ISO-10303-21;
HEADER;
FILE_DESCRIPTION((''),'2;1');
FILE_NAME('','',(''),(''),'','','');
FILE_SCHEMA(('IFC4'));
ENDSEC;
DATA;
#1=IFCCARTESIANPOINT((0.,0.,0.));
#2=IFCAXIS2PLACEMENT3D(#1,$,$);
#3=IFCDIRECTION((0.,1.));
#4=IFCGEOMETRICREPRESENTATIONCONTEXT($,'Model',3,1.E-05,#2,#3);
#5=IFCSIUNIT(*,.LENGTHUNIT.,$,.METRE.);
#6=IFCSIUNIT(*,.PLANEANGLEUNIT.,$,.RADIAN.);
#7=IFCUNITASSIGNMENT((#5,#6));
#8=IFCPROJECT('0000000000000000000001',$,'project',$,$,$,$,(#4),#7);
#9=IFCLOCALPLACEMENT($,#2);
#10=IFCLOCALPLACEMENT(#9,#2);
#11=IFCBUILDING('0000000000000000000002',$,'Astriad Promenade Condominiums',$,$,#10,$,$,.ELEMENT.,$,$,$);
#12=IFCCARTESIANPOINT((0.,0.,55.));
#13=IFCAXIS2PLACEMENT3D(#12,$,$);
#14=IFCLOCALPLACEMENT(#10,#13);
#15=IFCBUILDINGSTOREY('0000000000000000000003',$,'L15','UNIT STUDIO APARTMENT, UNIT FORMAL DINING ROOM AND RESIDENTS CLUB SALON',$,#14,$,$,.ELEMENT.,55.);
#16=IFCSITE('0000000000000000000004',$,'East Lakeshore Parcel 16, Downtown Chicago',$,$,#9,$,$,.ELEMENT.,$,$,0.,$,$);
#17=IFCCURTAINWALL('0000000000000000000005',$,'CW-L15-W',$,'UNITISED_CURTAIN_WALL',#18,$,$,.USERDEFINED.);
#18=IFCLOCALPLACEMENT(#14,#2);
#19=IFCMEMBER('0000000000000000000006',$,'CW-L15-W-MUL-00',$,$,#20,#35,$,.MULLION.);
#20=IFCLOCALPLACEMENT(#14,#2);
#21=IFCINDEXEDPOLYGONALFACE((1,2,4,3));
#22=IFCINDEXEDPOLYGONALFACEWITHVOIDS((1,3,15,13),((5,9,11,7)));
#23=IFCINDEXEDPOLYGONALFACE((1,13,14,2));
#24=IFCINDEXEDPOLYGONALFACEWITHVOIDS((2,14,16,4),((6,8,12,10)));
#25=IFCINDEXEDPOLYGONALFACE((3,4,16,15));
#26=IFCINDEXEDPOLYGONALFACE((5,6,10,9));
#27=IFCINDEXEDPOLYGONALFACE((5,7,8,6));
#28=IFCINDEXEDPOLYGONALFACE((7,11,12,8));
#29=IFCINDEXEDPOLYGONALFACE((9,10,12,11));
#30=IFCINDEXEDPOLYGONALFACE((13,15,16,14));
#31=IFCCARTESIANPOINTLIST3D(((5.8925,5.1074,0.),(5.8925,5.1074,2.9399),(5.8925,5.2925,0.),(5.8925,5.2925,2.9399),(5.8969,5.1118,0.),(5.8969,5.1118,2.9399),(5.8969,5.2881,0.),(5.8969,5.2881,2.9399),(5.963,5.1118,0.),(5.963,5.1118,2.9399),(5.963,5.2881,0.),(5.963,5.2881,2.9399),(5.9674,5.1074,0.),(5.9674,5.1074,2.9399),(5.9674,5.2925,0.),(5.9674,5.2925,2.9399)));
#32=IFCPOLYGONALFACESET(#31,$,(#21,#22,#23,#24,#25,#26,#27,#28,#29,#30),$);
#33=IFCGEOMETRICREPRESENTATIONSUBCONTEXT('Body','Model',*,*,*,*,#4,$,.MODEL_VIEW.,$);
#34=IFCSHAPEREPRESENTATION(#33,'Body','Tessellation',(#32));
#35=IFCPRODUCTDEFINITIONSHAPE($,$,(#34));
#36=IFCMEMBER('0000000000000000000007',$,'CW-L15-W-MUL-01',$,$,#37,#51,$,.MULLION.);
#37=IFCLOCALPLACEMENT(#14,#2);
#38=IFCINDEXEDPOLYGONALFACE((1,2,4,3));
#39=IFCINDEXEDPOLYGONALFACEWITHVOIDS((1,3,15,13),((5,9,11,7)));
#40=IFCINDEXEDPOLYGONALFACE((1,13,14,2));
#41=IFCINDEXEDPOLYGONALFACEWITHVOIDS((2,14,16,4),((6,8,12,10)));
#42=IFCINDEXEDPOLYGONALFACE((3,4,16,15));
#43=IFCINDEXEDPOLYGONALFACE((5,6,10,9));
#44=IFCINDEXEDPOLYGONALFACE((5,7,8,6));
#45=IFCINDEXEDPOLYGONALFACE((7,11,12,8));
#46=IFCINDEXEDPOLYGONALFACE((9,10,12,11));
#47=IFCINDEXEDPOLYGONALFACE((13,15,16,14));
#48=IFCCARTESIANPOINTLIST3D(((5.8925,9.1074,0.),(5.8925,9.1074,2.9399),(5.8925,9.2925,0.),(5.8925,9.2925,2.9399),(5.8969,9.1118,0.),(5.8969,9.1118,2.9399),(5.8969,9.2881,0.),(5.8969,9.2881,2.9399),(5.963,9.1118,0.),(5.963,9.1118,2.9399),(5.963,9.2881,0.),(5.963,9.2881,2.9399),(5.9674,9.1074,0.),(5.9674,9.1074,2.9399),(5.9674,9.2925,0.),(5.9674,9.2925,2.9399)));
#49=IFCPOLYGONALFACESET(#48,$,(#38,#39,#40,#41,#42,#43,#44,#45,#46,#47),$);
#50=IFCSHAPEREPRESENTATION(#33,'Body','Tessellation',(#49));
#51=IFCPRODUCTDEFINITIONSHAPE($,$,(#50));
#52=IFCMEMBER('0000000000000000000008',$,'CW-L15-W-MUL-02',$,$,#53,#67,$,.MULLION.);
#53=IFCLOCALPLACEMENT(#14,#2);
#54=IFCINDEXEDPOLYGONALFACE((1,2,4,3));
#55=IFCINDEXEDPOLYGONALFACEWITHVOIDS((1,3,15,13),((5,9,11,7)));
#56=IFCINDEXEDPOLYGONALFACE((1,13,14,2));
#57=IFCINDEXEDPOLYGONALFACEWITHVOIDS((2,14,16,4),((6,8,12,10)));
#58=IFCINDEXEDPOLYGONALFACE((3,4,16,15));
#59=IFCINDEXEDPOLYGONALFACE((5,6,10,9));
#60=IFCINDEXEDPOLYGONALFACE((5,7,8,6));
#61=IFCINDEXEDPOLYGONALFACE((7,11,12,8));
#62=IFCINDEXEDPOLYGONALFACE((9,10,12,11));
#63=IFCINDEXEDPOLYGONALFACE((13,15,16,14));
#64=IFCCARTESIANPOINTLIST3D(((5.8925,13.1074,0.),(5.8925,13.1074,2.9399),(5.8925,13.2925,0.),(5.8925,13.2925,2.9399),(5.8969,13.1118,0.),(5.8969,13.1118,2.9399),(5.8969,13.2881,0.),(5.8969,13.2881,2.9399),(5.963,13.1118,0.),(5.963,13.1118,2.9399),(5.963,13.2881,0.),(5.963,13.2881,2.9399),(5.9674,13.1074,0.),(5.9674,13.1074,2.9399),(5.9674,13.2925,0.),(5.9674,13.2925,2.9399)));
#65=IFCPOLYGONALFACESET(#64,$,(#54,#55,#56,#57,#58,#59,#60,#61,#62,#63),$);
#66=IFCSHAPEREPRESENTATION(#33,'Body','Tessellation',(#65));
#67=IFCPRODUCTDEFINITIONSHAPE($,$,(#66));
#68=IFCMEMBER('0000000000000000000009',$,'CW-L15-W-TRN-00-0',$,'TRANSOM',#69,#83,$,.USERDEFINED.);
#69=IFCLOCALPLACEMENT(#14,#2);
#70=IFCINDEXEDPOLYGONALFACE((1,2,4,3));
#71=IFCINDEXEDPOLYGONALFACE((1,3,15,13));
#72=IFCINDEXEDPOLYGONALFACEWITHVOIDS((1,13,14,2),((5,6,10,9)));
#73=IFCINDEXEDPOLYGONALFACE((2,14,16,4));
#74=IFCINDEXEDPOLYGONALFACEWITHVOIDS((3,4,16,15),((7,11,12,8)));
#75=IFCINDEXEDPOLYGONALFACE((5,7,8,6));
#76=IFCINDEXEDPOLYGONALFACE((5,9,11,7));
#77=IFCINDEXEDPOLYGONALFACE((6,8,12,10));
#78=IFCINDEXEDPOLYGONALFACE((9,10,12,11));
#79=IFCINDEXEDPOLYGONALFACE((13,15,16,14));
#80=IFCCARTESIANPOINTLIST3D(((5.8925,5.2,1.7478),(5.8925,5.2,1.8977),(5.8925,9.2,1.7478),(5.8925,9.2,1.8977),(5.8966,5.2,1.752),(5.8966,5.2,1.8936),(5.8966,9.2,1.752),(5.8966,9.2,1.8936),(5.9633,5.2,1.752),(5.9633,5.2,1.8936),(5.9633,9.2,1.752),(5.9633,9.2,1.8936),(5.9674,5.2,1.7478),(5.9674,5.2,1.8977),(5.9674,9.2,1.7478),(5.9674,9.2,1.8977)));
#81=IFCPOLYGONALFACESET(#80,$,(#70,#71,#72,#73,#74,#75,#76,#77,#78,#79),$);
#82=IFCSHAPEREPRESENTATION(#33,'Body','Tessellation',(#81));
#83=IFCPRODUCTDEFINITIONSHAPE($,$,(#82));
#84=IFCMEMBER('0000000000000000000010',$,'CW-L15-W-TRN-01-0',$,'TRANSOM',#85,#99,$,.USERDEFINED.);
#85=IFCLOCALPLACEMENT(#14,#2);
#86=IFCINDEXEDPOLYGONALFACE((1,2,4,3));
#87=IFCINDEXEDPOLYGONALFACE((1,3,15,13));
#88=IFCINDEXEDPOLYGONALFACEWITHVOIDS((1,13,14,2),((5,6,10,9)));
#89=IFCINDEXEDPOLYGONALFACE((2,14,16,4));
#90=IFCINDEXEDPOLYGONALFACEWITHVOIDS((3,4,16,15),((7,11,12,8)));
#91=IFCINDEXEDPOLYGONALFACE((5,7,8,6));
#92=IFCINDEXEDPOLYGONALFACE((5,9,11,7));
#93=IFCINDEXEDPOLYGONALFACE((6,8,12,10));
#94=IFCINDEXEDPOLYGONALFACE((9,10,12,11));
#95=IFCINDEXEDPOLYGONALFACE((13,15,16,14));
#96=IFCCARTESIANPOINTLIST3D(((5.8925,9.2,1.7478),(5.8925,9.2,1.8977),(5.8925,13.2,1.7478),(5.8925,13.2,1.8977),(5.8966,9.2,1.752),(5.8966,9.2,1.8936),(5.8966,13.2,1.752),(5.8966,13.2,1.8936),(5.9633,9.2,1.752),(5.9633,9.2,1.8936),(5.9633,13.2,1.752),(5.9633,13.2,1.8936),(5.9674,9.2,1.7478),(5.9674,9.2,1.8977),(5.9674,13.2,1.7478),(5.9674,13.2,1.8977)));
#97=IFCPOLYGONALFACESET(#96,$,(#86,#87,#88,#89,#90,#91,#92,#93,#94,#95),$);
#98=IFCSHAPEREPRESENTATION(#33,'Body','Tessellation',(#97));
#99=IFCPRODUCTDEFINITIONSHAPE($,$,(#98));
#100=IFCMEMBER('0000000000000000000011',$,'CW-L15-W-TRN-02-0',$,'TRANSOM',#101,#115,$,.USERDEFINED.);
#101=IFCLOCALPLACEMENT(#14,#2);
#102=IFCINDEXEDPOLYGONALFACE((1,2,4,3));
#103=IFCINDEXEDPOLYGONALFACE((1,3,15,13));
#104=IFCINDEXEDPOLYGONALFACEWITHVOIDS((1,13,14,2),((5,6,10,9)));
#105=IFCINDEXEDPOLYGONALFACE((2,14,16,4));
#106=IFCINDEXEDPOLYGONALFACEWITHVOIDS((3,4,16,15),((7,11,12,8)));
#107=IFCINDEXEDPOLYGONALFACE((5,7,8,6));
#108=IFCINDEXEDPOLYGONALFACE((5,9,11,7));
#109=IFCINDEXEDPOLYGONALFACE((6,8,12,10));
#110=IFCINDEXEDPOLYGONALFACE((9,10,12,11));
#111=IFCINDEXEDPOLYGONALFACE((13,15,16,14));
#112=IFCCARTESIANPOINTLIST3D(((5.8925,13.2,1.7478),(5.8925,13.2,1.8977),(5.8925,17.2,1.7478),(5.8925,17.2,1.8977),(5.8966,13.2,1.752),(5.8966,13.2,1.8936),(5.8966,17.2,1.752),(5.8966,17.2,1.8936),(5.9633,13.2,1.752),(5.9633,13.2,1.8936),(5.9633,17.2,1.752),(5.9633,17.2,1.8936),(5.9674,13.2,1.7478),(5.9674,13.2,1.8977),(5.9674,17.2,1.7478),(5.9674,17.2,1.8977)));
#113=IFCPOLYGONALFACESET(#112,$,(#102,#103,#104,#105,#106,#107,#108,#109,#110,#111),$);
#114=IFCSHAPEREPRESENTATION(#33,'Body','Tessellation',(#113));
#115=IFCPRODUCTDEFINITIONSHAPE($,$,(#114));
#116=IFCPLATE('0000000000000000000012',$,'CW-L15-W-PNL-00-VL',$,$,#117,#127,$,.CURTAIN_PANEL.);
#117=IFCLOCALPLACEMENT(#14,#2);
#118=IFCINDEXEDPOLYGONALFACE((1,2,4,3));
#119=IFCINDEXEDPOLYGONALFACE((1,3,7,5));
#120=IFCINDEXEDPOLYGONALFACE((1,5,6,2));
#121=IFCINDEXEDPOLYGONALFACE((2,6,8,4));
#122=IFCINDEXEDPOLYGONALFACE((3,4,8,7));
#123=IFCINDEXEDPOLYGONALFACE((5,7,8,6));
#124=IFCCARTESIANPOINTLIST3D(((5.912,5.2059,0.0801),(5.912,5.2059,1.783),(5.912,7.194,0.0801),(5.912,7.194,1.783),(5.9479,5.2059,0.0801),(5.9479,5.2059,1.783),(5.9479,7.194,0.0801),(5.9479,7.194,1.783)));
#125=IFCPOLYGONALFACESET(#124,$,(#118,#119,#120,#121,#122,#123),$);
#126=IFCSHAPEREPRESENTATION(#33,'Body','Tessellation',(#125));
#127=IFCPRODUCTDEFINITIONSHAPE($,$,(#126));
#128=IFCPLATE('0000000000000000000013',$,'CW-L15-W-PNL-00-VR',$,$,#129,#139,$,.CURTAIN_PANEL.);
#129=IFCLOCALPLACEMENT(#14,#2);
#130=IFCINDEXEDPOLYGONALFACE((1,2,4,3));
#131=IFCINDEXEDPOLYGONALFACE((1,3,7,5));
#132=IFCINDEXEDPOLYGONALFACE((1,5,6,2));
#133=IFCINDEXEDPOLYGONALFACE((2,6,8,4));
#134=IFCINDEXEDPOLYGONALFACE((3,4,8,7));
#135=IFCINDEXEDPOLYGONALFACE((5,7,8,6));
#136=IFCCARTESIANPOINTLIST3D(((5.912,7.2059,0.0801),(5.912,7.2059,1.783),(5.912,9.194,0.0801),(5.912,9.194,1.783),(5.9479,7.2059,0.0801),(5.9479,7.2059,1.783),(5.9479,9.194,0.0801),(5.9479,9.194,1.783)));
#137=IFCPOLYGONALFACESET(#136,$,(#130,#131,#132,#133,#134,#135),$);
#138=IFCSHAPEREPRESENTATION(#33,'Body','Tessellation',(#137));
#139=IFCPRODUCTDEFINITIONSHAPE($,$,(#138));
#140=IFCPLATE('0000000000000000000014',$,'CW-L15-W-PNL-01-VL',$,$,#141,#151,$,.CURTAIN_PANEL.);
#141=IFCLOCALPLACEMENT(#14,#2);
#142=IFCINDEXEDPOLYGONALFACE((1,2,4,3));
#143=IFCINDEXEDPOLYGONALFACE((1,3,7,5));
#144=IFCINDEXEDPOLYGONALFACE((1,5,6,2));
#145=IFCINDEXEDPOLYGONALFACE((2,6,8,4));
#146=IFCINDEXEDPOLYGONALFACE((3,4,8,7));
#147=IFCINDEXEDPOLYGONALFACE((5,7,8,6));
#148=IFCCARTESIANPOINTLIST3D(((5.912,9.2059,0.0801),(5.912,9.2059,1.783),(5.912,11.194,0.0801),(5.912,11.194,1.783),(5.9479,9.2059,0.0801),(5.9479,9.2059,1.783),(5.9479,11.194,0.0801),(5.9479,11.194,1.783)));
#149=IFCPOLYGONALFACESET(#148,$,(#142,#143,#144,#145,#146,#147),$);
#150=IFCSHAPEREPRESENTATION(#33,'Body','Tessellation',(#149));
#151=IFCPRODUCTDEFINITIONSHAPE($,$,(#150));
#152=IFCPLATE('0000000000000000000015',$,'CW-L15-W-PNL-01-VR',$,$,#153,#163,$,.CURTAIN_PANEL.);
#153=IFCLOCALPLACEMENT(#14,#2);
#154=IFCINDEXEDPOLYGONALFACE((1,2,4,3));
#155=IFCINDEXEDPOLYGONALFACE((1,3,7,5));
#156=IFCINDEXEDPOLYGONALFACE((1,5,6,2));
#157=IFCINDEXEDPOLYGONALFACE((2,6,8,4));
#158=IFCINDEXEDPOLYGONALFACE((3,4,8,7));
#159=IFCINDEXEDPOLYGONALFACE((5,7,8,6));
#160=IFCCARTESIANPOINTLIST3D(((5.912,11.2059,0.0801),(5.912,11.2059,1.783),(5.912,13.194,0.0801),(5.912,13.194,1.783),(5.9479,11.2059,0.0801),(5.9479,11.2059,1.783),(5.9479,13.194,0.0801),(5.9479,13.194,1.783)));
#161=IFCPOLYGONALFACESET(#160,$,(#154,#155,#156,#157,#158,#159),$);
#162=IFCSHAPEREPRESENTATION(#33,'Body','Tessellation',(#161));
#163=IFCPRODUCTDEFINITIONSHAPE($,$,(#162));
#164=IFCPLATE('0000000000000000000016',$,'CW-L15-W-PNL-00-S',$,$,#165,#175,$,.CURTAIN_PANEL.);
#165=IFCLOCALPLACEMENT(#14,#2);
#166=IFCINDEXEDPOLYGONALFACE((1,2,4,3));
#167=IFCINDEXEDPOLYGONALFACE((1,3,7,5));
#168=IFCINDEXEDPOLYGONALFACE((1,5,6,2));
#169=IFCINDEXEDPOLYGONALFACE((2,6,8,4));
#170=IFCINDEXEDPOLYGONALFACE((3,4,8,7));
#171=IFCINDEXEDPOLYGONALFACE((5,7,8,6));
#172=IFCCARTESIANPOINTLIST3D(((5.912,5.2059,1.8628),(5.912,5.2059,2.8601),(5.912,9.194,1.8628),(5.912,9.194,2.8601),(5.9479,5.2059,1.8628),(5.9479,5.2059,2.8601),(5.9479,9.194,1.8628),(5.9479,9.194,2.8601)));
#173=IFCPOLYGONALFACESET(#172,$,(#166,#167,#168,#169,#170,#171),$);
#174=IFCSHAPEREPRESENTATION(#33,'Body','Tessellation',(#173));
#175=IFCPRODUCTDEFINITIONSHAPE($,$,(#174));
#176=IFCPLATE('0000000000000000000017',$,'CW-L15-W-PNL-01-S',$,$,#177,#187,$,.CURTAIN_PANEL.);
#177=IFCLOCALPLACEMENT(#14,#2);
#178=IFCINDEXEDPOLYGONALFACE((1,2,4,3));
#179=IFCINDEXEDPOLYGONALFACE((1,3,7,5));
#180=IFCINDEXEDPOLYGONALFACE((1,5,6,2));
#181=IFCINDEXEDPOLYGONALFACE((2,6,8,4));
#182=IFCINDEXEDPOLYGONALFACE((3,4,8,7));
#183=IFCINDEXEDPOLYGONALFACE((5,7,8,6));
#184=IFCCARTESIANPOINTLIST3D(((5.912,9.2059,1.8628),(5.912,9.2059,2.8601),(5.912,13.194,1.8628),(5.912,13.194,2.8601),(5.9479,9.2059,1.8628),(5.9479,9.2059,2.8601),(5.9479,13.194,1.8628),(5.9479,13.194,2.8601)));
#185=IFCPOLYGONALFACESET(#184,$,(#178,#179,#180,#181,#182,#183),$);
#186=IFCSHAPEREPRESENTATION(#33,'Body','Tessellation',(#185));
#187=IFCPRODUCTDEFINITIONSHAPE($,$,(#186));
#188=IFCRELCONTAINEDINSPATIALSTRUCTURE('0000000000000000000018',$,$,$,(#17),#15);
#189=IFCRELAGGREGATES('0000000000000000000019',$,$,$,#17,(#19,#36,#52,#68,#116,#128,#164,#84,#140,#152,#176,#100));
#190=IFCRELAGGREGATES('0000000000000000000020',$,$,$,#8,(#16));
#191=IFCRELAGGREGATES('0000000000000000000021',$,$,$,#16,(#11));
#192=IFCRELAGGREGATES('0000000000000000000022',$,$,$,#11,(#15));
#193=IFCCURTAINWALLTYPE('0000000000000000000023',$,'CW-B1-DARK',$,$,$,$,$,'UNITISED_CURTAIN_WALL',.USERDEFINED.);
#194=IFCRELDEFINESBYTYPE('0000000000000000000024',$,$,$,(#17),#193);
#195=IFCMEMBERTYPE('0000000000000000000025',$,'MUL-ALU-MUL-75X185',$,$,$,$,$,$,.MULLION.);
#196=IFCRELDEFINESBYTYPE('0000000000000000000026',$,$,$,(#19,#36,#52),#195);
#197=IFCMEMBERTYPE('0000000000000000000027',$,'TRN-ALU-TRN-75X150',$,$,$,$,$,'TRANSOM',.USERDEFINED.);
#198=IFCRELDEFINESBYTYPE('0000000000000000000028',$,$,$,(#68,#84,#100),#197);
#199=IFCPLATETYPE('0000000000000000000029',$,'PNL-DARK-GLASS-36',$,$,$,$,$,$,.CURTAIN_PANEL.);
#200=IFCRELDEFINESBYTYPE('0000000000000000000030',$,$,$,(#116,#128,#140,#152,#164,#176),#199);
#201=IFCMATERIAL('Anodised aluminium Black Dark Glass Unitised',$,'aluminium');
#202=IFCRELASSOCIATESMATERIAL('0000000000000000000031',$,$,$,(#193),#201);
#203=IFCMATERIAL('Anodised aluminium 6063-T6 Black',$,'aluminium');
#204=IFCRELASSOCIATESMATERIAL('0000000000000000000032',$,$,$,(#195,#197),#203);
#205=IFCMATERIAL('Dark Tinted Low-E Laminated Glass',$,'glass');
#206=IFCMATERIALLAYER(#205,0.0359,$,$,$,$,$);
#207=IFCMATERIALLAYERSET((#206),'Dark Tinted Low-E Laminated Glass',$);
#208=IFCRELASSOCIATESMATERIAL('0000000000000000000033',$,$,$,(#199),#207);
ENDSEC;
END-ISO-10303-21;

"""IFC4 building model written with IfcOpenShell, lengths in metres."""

from ifc_helpers import new_model, si_unit, direction, frame, origin, origin_2d, place, context, subcontext, project, spatial, rectangle, hollow_rectangle, extrude, source, transform, mapped, material, layer, layer_set, material_profile, profile_set, type_object, type_shapes, element, aggregate, save


model = new_model("IFC4")

# Units and contexts
model_context = context("Model", 3, precision=1e-05, world=origin(), true_north=direction((0.0, 1.0)))
body_context = subcontext(model_context, "Body", "Model", "MODEL_VIEW")
ifc_project = project(units=[si_unit("LENGTHUNIT", "METRE"), si_unit("PLANEANGLEUNIT", "RADIAN")], contexts=[model_context])

# Site, building, storey
site_placement = place(None, origin())
site = spatial("IfcSite", under=ifc_project, at=site_placement, Name="East Lakeshore Parcel 16, Downtown Chicago", CompositionType="ELEMENT", RefElevation=0.0)
building_placement = place(site_placement, origin())
building = spatial("IfcBuilding", under=site, at=building_placement, Name="Astriad Promenade Condominiums", CompositionType="ELEMENT")
storey_placement = place(building_placement, frame((0.0, 0.0, 55.0)))
storey = spatial("IfcBuildingStorey", under=building, at=storey_placement, Name="L15", Description="UNIT STUDIO APARTMENT, UNIT FORMAL DINING ROOM AND RESIDENTS CLUB SALON", CompositionType="ELEMENT", Elevation=55.0)

# Curtain wall, members, plates
ifc_material_1 = material(Name="Anodised aluminium Black Dark Glass Unitised", Category="aluminium")
curtain_wall_type = type_object("IfcCurtainWallType", Name="CW-B1-DARK", ElementType="UNITISED_CURTAIN_WALL", PredefinedType="USERDEFINED", material=ifc_material_1)
curtain_wall_placement = place(storey_placement, origin())
curtain_wall = element("IfcCurtainWall", 1, at=curtain_wall_placement, inside=storey, type_object=curtain_wall_type, Name="CW-L15-W", ObjectType="UNITISED_CURTAIN_WALL", PredefinedType="USERDEFINED")
ifc_material_2 = material(Name="Anodised aluminium 6063-T6 Black", Category="aluminium")
ifc_material_profile_1 = material_profile(ifc_material_2, hollow_rectangle(XDim=0.075, YDim=0.1851, WallThickness=0.0044, at=origin_2d()), Name="ALU-MUL-75X185")
ifc_profile_set_1 = profile_set([ifc_material_profile_1], Name="Anodised aluminium 6063-T6 Black")
member_type_1 = type_object("IfcMemberType", Name="MUL-ALU-MUL-75X185", PredefinedType="MULLION", material=ifc_profile_set_1)
shared_shape_1 = source(origin(), body_context, "Body", "SweptSolid", [
    extrude(hollow_rectangle(XDim=0.075, YDim=0.1851, WallThickness=0.0044, at=origin_2d()), origin(), (0.0, 0.0, 1.0), 2.9399),
])
type_shapes(member_type_1, [shared_shape_1])
member_1_placement = place(storey_placement, frame((5.9299, 5.2, 0.0), z_axis=(0.0, 0.0, 1.0), x_axis=(1.0, 0.0, 0.0)))
member_1 = element("IfcMember", 2, at=member_1_placement, type_object=member_type_1, Name="CW-L15-W-MUL-00", PredefinedType="MULLION", context=body_context, shape_type="MappedRepresentation", body=[
    mapped(shared_shape_1, transform((0.0, 0.0, 0.0), scale=1.0)),
])
member_2_placement = place(storey_placement, frame((5.9299, 9.2, 0.0), z_axis=(0.0, 0.0, 1.0), x_axis=(1.0, 0.0, 0.0)))
member_2 = element("IfcMember", 3, at=member_2_placement, type_object=member_type_1, Name="CW-L15-W-MUL-01", PredefinedType="MULLION", context=body_context, shape_type="MappedRepresentation", body=[
    mapped(shared_shape_1, transform((0.0, 0.0, 0.0), scale=1.0)),
])
member_3_placement = place(storey_placement, frame((5.9299, 13.2, 0.0), z_axis=(0.0, 0.0, 1.0), x_axis=(1.0, 0.0, 0.0)))
member_3 = element("IfcMember", 4, at=member_3_placement, type_object=member_type_1, Name="CW-L15-W-MUL-02", PredefinedType="MULLION", context=body_context, shape_type="MappedRepresentation", body=[
    mapped(shared_shape_1, transform((0.0, 0.0, 0.0), scale=1.0)),
])
ifc_material_profile_2 = material_profile(ifc_material_2, hollow_rectangle(XDim=0.075, YDim=0.1499, WallThickness=0.0042, at=origin_2d()), Name="ALU-TRN-75X150")
ifc_profile_set_2 = profile_set([ifc_material_profile_2], Name="Anodised aluminium 6063-T6 Black")
member_type_2 = type_object("IfcMemberType", Name="TRN-ALU-TRN-75X150", ElementType="TRANSOM", PredefinedType="USERDEFINED", material=ifc_profile_set_2)
shared_shape_2 = source(origin(), body_context, "Body", "SweptSolid", [
    extrude(hollow_rectangle(XDim=0.075, YDim=0.1499, WallThickness=0.0042, at=origin_2d()), origin(), (0.0, 0.0, 1.0), 4.0),
])
type_shapes(member_type_2, [shared_shape_2])
member_4_placement = place(storey_placement, frame((5.9299, 5.2, 1.8228), z_axis=(0.0, 1.0, 0.0), x_axis=(-1.0, 0.0, 0.0)))
member_4 = element("IfcMember", 5, at=member_4_placement, type_object=member_type_2, Name="CW-L15-W-TRN-00-0", ObjectType="TRANSOM", PredefinedType="USERDEFINED", context=body_context, shape_type="MappedRepresentation", body=[
    mapped(shared_shape_2, transform((0.0, 0.0, 0.0), scale=1.0)),
])
member_5_placement = place(storey_placement, frame((5.9299, 9.2, 1.8228), z_axis=(0.0, 1.0, 0.0), x_axis=(-1.0, 0.0, 0.0)))
member_5 = element("IfcMember", 6, at=member_5_placement, type_object=member_type_2, Name="CW-L15-W-TRN-01-0", ObjectType="TRANSOM", PredefinedType="USERDEFINED", context=body_context, shape_type="MappedRepresentation", body=[
    mapped(shared_shape_2, transform((0.0, 0.0, 0.0), scale=1.0)),
])
member_6_placement = place(storey_placement, frame((5.9299, 13.2, 1.8228), z_axis=(0.0, 1.0, 0.0), x_axis=(-1.0, 0.0, 0.0)))
member_6 = element("IfcMember", 7, at=member_6_placement, type_object=member_type_2, Name="CW-L15-W-TRN-02-0", ObjectType="TRANSOM", PredefinedType="USERDEFINED", context=body_context, shape_type="MappedRepresentation", body=[
    mapped(shared_shape_2, transform((0.0, 0.0, 0.0), scale=1.0)),
])
ifc_material_3 = material(Name="Dark Tinted Low-E Laminated Glass", Category="glass")
ifc_layer_1 = layer(ifc_material_3, 0.0359)
ifc_layer_set_1 = layer_set([ifc_layer_1], Name="Dark Tinted Low-E Laminated Glass")
plate_type = type_object("IfcPlateType", Name="PNL-DARK-GLASS-36", PredefinedType="CURTAIN_PANEL", material=ifc_layer_set_1)
shared_shape_3 = source(origin(), body_context, "Body", "SweptSolid", [
    extrude(rectangle(XDim=1.988, YDim=0.0359, at=origin_2d()), origin(), (0.0, 0.0, 1.0), 1.7029),
])
plate_1_placement = place(storey_placement, frame((5.9299, 6.2, 0.0801), z_axis=(0.0, 0.0, 1.0), x_axis=(0.0, 1.0, 0.0)))
plate_1 = element("IfcPlate", 8, at=plate_1_placement, type_object=plate_type, Name="CW-L15-W-PNL-00-VL", PredefinedType="CURTAIN_PANEL", context=body_context, shape_type="MappedRepresentation", body=[
    mapped(shared_shape_3, transform((0.0, 0.0, 0.0), scale=1.0)),
])
plate_2_placement = place(storey_placement, frame((5.9299, 8.2, 0.0801), z_axis=(0.0, 0.0, 1.0), x_axis=(0.0, 1.0, 0.0)))
plate_2 = element("IfcPlate", 9, at=plate_2_placement, type_object=plate_type, Name="CW-L15-W-PNL-00-VR", PredefinedType="CURTAIN_PANEL", context=body_context, shape_type="MappedRepresentation", body=[
    mapped(shared_shape_3, transform((0.0, 0.0, 0.0), scale=1.0)),
])
plate_3_placement = place(storey_placement, frame((5.9299, 10.2, 0.0801), z_axis=(0.0, 0.0, 1.0), x_axis=(0.0, 1.0, 0.0)))
plate_3 = element("IfcPlate", 10, at=plate_3_placement, type_object=plate_type, Name="CW-L15-W-PNL-01-VL", PredefinedType="CURTAIN_PANEL", context=body_context, shape_type="MappedRepresentation", body=[
    mapped(shared_shape_3, transform((0.0, 0.0, 0.0), scale=1.0)),
])
plate_4_placement = place(storey_placement, frame((5.9299, 12.2, 0.0801), z_axis=(0.0, 0.0, 1.0), x_axis=(0.0, 1.0, 0.0)))
plate_4 = element("IfcPlate", 11, at=plate_4_placement, type_object=plate_type, Name="CW-L15-W-PNL-01-VR", PredefinedType="CURTAIN_PANEL", context=body_context, shape_type="MappedRepresentation", body=[
    mapped(shared_shape_3, transform((0.0, 0.0, 0.0), scale=1.0)),
])
shared_shape_4 = source(origin(), body_context, "Body", "SweptSolid", [
    extrude(rectangle(XDim=3.988, YDim=0.0359, at=origin_2d()), origin(), (0.0, 0.0, 1.0), 0.9973),
])
type_shapes(plate_type, [shared_shape_3, shared_shape_4])
plate_5_placement = place(storey_placement, frame((5.9299, 7.2, 1.8628), z_axis=(0.0, 0.0, 1.0), x_axis=(0.0, 1.0, 0.0)))
plate_5 = element("IfcPlate", 12, at=plate_5_placement, type_object=plate_type, Name="CW-L15-W-PNL-00-S", PredefinedType="CURTAIN_PANEL", context=body_context, shape_type="MappedRepresentation", body=[
    mapped(shared_shape_4, transform((0.0, 0.0, 0.0), scale=1.0)),
])
plate_6_placement = place(storey_placement, frame((5.9299, 11.2, 1.8628), z_axis=(0.0, 0.0, 1.0), x_axis=(0.0, 1.0, 0.0)))
plate_6 = element("IfcPlate", 13, at=plate_6_placement, type_object=plate_type, Name="CW-L15-W-PNL-01-S", PredefinedType="CURTAIN_PANEL", context=body_context, shape_type="MappedRepresentation", body=[
    mapped(shared_shape_4, transform((0.0, 0.0, 0.0), scale=1.0)),
])
aggregate(curtain_wall, [member_1, member_2, member_3, member_4, plate_1, plate_2, plate_5, member_5, plate_3, plate_4, plate_6, member_6])

save(model, "model.ifc")
